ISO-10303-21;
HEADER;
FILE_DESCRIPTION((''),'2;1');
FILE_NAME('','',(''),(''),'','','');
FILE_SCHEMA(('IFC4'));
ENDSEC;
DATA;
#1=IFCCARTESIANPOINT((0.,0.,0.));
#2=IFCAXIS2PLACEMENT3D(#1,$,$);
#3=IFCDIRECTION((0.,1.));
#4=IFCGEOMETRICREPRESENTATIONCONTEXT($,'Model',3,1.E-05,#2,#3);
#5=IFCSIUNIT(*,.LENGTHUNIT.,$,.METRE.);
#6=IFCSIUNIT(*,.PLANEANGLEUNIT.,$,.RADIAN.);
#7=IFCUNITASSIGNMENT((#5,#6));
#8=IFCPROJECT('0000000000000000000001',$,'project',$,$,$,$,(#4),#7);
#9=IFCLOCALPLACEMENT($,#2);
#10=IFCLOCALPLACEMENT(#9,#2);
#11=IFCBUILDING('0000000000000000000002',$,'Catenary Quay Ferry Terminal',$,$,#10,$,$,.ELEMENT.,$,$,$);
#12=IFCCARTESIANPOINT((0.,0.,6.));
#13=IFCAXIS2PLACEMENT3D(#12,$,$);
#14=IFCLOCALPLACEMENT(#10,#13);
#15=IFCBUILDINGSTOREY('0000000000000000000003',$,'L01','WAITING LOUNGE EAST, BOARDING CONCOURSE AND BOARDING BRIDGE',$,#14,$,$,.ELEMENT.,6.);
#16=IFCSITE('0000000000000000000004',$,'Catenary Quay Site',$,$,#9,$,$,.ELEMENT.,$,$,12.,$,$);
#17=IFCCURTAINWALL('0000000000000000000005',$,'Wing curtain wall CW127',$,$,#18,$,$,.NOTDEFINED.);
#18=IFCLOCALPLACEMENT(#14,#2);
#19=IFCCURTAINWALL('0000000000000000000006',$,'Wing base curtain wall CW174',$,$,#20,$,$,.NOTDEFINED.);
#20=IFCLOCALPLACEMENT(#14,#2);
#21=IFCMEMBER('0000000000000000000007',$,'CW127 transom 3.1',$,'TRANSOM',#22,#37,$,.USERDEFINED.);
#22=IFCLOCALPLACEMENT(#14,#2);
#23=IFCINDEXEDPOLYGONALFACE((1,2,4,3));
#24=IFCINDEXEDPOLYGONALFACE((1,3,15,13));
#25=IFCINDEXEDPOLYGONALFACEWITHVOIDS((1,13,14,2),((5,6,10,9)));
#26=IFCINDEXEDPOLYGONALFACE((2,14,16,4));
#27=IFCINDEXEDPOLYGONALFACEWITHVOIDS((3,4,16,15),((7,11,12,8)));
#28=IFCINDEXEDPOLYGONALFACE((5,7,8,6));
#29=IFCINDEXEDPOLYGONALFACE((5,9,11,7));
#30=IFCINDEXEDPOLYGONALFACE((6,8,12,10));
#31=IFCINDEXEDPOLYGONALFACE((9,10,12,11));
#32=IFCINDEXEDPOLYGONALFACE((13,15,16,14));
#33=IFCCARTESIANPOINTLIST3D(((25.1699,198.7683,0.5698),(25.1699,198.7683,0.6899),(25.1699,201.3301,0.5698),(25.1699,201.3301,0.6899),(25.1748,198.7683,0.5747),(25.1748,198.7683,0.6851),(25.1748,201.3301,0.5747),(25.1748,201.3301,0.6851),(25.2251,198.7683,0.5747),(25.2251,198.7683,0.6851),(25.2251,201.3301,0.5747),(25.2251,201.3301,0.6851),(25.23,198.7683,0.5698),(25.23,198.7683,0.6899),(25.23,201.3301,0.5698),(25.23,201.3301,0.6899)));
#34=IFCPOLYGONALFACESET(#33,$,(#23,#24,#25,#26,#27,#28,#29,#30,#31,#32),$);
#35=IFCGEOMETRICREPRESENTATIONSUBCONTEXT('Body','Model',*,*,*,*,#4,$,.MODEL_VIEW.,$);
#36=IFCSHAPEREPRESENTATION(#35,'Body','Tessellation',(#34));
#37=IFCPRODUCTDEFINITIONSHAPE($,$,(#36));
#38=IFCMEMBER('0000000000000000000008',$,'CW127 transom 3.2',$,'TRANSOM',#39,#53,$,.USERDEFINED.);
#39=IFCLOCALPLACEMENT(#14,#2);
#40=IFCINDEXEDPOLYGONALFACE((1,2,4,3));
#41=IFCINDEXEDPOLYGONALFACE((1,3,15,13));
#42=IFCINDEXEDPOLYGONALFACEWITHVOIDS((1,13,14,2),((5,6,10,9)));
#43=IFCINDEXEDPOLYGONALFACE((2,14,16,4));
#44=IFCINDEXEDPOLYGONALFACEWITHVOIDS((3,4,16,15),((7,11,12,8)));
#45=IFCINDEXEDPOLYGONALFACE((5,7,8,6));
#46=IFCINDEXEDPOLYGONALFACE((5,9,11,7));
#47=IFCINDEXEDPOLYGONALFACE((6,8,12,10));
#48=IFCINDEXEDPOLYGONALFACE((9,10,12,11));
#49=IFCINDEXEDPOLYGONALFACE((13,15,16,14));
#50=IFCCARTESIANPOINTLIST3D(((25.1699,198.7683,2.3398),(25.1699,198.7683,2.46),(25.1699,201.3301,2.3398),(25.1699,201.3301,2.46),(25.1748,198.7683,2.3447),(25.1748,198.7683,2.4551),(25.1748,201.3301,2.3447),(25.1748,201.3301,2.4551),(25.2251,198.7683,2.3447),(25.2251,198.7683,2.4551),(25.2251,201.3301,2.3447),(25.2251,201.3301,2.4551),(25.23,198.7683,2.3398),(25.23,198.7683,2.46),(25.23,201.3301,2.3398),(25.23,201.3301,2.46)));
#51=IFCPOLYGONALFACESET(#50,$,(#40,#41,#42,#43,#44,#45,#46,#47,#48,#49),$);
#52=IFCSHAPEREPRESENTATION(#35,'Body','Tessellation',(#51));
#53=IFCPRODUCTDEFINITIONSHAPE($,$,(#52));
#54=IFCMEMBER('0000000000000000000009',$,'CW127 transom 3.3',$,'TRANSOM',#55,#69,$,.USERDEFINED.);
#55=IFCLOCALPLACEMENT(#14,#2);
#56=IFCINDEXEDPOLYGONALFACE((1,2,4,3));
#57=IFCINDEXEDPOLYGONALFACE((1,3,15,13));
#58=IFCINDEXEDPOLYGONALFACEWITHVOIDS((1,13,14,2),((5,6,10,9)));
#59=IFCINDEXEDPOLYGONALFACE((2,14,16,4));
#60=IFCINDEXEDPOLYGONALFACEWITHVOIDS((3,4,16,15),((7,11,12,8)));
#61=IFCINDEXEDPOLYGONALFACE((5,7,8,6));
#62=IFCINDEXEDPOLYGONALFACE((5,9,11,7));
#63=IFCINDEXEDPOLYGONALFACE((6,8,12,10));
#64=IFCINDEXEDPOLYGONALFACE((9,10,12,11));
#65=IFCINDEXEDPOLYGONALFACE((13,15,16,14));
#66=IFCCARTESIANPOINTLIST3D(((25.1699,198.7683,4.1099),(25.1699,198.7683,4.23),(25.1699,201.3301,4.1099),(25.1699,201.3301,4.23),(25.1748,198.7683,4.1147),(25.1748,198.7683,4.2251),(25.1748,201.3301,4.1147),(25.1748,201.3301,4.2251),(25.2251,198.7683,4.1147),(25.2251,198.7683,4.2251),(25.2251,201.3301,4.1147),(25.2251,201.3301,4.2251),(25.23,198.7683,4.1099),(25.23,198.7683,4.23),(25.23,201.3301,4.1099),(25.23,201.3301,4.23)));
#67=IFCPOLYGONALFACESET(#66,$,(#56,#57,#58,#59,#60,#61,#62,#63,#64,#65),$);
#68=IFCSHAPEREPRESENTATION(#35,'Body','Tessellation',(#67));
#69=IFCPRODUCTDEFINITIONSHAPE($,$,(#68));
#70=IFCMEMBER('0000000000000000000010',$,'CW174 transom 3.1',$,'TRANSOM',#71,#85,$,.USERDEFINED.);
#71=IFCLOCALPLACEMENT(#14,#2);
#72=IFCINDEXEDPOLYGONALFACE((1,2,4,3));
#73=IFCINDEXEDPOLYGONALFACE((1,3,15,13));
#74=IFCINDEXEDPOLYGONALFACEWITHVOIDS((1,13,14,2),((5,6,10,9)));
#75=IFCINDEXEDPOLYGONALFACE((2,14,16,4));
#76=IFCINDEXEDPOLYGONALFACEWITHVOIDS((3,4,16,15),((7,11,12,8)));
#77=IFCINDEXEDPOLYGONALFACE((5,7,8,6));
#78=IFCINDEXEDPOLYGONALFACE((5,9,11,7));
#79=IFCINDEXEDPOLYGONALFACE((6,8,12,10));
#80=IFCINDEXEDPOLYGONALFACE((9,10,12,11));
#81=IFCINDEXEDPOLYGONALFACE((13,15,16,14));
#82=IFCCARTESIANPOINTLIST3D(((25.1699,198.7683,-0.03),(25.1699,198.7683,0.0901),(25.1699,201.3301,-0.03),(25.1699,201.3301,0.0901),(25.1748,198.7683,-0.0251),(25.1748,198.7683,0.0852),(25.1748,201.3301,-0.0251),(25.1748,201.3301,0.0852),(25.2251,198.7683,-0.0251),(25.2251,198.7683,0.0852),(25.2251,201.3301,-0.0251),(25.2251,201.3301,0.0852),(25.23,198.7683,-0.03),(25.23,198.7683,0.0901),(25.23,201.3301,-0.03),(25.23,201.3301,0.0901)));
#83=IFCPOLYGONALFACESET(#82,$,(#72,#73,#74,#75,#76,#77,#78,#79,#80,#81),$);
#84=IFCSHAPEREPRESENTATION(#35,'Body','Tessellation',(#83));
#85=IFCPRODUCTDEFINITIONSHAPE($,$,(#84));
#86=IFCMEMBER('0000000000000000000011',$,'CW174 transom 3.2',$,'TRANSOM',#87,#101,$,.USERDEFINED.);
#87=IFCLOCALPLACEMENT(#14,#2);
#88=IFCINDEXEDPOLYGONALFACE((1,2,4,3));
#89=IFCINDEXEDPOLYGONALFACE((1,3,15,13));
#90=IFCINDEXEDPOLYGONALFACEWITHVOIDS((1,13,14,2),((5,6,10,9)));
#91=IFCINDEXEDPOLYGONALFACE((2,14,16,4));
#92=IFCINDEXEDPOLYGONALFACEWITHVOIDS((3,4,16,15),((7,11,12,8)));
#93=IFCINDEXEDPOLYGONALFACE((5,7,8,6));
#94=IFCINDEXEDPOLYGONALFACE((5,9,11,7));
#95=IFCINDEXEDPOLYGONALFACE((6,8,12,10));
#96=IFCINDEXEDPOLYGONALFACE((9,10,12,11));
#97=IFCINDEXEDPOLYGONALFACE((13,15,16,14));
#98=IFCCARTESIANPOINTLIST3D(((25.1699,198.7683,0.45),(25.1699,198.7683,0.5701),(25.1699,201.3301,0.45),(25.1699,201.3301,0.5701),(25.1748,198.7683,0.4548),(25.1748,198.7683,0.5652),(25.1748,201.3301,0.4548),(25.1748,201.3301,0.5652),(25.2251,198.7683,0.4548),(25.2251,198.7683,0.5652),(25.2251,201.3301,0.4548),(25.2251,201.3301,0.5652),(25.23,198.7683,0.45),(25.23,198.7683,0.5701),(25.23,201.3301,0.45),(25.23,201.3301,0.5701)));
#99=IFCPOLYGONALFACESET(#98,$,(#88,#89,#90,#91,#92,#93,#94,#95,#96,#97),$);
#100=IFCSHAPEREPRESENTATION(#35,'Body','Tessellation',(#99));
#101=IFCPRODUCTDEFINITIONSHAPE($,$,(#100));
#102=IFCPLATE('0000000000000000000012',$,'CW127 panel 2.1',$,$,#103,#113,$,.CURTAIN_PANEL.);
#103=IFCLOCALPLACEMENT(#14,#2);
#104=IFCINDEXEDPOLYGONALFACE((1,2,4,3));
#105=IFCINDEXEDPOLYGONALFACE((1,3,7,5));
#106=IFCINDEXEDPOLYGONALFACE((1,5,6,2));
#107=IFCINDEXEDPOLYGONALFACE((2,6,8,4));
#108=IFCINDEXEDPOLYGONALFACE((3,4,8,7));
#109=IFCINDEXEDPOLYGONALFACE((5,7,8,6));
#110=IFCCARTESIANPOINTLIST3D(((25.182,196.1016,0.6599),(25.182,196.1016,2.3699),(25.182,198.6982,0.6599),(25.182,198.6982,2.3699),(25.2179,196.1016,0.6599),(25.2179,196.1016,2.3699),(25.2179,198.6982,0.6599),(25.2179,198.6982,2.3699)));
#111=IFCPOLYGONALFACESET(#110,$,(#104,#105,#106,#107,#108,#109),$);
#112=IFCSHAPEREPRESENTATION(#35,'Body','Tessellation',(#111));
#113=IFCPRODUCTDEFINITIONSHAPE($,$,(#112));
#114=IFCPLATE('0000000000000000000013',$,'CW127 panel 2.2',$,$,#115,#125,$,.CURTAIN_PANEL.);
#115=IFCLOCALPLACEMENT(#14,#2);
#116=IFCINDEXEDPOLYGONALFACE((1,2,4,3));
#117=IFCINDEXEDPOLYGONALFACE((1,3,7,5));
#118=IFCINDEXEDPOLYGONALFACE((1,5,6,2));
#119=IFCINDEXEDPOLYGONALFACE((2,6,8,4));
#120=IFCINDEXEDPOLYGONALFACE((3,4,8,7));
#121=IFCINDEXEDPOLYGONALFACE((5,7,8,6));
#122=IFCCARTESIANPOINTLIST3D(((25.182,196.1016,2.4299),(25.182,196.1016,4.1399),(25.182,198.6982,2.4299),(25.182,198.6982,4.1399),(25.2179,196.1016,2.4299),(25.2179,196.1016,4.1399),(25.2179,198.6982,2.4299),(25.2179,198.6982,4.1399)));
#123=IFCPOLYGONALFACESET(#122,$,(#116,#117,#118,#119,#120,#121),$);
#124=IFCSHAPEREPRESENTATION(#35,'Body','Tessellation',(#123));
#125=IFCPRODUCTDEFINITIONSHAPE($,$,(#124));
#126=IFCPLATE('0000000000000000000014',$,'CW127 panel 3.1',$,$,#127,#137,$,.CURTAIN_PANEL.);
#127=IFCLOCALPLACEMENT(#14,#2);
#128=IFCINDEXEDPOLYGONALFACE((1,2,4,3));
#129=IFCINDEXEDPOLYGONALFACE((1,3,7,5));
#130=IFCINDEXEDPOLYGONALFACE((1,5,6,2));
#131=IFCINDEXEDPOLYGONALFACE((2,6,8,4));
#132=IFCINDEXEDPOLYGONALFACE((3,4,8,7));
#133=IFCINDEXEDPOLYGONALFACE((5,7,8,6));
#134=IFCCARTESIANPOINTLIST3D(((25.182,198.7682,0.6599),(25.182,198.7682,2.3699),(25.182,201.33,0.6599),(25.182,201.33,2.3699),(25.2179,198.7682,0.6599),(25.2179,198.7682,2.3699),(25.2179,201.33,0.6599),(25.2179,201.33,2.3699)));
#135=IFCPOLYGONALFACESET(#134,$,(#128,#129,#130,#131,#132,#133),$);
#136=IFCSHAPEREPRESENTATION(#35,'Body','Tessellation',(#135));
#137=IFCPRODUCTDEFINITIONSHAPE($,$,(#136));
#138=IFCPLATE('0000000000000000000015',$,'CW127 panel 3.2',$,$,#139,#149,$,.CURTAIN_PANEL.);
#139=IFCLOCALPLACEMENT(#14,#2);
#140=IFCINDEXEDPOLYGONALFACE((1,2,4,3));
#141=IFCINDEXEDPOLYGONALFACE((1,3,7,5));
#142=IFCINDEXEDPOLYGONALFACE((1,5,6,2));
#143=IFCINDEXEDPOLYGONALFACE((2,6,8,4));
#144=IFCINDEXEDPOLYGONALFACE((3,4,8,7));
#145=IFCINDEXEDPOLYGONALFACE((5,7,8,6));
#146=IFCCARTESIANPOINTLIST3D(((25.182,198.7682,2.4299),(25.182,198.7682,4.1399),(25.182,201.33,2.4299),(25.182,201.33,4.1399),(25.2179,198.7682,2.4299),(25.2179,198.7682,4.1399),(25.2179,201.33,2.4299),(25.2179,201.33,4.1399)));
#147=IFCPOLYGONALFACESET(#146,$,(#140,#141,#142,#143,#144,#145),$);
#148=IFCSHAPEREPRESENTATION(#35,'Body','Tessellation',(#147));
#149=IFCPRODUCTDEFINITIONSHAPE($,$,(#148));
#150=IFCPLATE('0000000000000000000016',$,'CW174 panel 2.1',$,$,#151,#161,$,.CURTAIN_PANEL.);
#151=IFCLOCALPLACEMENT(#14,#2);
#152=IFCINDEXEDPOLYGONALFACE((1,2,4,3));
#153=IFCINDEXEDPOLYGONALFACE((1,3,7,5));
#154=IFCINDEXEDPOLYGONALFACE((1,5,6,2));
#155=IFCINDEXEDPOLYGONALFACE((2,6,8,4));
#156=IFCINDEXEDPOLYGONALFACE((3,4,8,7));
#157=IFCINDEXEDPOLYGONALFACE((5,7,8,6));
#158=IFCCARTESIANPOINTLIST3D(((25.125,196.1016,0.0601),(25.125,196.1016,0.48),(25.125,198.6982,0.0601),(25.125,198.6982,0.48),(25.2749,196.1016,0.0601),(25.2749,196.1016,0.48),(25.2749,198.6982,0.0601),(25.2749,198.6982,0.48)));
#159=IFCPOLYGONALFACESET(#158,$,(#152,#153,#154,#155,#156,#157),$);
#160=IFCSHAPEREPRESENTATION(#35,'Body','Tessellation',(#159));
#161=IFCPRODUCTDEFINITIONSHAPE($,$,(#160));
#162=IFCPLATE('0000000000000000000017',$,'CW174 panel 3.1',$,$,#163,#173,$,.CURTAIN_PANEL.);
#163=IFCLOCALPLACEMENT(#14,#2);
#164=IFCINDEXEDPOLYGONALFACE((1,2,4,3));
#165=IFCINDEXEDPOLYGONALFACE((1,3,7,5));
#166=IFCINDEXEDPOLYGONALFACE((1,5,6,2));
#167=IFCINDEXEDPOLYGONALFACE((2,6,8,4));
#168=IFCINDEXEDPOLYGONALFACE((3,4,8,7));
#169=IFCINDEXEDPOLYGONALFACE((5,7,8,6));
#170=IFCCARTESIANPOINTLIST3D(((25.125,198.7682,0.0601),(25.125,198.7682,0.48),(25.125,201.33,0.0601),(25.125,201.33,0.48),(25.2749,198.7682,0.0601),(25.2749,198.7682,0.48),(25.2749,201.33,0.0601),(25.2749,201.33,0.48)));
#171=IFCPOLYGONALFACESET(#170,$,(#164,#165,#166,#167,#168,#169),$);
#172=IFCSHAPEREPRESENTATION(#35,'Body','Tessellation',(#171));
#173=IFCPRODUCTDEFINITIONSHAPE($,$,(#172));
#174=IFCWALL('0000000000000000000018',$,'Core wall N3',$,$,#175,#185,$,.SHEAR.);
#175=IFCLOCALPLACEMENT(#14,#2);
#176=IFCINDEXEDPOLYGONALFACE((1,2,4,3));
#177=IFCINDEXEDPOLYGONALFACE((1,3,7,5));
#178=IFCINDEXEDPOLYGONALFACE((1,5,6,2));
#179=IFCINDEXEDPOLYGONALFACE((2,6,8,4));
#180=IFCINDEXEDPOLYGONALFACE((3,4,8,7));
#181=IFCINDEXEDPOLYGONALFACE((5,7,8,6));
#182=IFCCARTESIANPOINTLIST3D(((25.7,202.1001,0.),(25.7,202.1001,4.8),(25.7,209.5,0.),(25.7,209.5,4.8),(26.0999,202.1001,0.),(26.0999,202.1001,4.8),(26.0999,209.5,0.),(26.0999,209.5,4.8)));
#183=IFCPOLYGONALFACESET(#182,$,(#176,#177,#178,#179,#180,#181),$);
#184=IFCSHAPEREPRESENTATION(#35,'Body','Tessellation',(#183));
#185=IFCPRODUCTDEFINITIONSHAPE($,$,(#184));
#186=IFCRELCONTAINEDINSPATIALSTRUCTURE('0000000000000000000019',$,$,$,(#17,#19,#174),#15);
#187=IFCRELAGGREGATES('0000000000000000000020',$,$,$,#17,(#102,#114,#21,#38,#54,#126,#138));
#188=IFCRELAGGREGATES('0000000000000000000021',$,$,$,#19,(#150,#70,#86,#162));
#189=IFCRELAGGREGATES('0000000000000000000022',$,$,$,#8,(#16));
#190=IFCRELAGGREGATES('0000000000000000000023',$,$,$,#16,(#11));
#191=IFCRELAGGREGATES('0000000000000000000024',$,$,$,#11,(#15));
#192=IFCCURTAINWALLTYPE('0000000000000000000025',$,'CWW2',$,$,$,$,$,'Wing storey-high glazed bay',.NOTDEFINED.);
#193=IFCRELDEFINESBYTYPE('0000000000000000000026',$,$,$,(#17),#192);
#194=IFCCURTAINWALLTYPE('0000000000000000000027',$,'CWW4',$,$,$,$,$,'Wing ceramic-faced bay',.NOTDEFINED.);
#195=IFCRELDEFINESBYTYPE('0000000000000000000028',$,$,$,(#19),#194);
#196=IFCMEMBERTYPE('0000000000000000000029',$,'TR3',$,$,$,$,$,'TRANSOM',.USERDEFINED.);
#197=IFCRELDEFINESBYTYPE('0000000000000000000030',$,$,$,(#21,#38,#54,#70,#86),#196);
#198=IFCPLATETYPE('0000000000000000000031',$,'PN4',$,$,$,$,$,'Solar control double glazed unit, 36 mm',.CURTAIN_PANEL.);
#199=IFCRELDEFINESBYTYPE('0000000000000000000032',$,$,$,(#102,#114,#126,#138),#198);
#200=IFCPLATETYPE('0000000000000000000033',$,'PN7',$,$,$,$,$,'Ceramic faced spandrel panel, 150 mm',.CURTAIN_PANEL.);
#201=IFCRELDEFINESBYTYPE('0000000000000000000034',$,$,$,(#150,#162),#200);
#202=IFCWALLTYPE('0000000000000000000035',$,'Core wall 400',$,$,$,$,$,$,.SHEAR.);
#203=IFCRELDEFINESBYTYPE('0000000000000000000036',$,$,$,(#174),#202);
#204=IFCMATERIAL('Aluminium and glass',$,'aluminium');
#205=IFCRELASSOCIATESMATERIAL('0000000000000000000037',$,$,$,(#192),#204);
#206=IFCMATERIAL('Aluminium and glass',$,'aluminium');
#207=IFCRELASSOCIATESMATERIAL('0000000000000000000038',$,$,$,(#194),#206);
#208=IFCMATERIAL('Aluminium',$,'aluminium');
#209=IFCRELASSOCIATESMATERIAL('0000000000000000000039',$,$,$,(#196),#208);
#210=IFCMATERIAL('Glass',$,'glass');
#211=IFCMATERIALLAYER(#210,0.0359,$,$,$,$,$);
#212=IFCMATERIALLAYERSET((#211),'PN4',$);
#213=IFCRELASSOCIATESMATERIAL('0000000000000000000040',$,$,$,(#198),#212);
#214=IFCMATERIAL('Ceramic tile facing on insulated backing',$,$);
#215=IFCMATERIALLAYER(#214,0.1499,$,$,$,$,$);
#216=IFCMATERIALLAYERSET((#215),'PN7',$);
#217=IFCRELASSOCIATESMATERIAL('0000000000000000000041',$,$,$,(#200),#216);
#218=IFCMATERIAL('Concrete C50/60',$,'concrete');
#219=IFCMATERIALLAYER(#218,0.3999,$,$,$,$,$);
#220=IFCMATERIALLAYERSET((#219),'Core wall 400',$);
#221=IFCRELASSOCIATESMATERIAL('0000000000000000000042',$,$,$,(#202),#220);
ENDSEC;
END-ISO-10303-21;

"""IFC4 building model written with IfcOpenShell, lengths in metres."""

from ifc_helpers import new_model, si_unit, direction, frame, frame_2d, origin, origin_2d, place, context, subcontext, project, spatial, rectangle, hollow_rectangle, extrude, material, layer, layer_set, material_profile, profile_set, type_object, element, aggregate, save


model = new_model("IFC4")

# Units and contexts
model_context = context("Model", 3, precision=1e-05, world=origin(), true_north=direction((0.0, 1.0)))
body_context = subcontext(model_context, "Body", "Model", "MODEL_VIEW")
ifc_project = project(units=[si_unit("LENGTHUNIT", "METRE"), si_unit("PLANEANGLEUNIT", "RADIAN")], contexts=[model_context])

# Site, building, storey
site_placement = place(None, origin())
site = spatial("IfcSite", under=ifc_project, at=site_placement, Name="Catenary Quay Site", CompositionType="ELEMENT", RefElevation=12.0)
building_placement = place(site_placement, origin())
building = spatial("IfcBuilding", under=site, at=building_placement, Name="Catenary Quay Ferry Terminal", CompositionType="ELEMENT")
storey_placement = place(building_placement, frame((0.0, 0.0, 6.0)))
storey = spatial("IfcBuildingStorey", under=building, at=storey_placement, Name="L01", Description="WAITING LOUNGE EAST, BOARDING CONCOURSE AND BOARDING BRIDGE", CompositionType="ELEMENT", Elevation=6.0)

# Curtain walls
ifc_material_1 = material(Name="Aluminium and glass", Category="aluminium")
curtain_wall_type_1 = type_object("IfcCurtainWallType", Name="CWW2", ElementType="Wing storey-high glazed bay", PredefinedType="NOTDEFINED", material=ifc_material_1)
curtain_wall_1_placement = place(storey_placement, origin())
curtain_wall_1 = element("IfcCurtainWall", 1, at=curtain_wall_1_placement, inside=storey, type_object=curtain_wall_type_1, Name="Wing curtain wall CW127", PredefinedType="NOTDEFINED")
ifc_material_2 = material(Name="Aluminium and glass", Category="aluminium")
curtain_wall_type_2 = type_object("IfcCurtainWallType", Name="CWW4", ElementType="Wing ceramic-faced bay", PredefinedType="NOTDEFINED", material=ifc_material_2)
curtain_wall_2_placement = place(storey_placement, origin())
curtain_wall_2 = element("IfcCurtainWall", 2, at=curtain_wall_2_placement, inside=storey, type_object=curtain_wall_type_2, Name="Wing base curtain wall CW174", PredefinedType="NOTDEFINED")

# Members
ifc_material_3 = material(Name="Aluminium", Category="aluminium")
ifc_material_profile_1 = material_profile(ifc_material_3, hollow_rectangle(XDim=0.0601, YDim=0.1201, WallThickness=0.0049, at=origin_2d()), Name="TR3")
ifc_profile_set_1 = profile_set([ifc_material_profile_1], Name="Aluminium")
member_type_1 = type_object("IfcMemberType", Name="TR3", ElementType="TRANSOM", PredefinedType="USERDEFINED", material=ifc_profile_set_1)
member_1_placement = place(storey_placement, frame((25.2, 198.7683, 0.6299), z_axis=(0.0, 1.0, 0.0), x_axis=(-1.0, 0.0, 0.0)))
member_1 = element("IfcMember", 3, at=member_1_placement, type_object=member_type_1, Name="CW127 transom 3.1", ObjectType="TRANSOM", PredefinedType="USERDEFINED", context=body_context, shape_type="SweptSolid", body=[
    extrude(hollow_rectangle(XDim=0.0601, YDim=0.1201, WallThickness=0.0049, at=origin_2d()), origin(), (0.0, 0.0, 1.0), 2.5618),
])
member_2_placement = place(storey_placement, frame((25.2, 198.7683, 2.3999), z_axis=(0.0, 1.0, 0.0), x_axis=(-1.0, 0.0, 0.0)))
member_2 = element("IfcMember", 4, at=member_2_placement, type_object=member_type_1, Name="CW127 transom 3.2", ObjectType="TRANSOM", PredefinedType="USERDEFINED", context=body_context, shape_type="SweptSolid", body=[
    extrude(hollow_rectangle(XDim=0.0601, YDim=0.1201, WallThickness=0.0049, at=origin_2d()), origin(), (0.0, 0.0, 1.0), 2.5618),
])
member_3_placement = place(storey_placement, frame((25.2, 198.7683, 4.1699), z_axis=(0.0, 1.0, 0.0), x_axis=(-1.0, 0.0, 0.0)))
member_3 = element("IfcMember", 5, at=member_3_placement, type_object=member_type_1, Name="CW127 transom 3.3", ObjectType="TRANSOM", PredefinedType="USERDEFINED", context=body_context, shape_type="SweptSolid", body=[
    extrude(hollow_rectangle(XDim=0.0601, YDim=0.1201, WallThickness=0.0049, at=origin_2d()), origin(), (0.0, 0.0, 1.0), 2.5618),
])
member_4_placement = place(storey_placement, frame((25.2, 198.7683, 0.03), z_axis=(0.0, 1.0, 0.0), x_axis=(-1.0, 0.0, 0.0)))
member_4 = element("IfcMember", 6, at=member_4_placement, type_object=member_type_1, Name="CW174 transom 3.1", ObjectType="TRANSOM", PredefinedType="USERDEFINED", context=body_context, shape_type="SweptSolid", body=[
    extrude(hollow_rectangle(XDim=0.0601, YDim=0.1201, WallThickness=0.0049, at=origin_2d()), origin(), (0.0, 0.0, 1.0), 2.5618),
])
member_5_placement = place(storey_placement, frame((25.2, 198.7683, 0.51), z_axis=(0.0, 1.0, 0.0), x_axis=(-1.0, 0.0, 0.0)))
member_5 = element("IfcMember", 7, at=member_5_placement, type_object=member_type_1, Name="CW174 transom 3.2", ObjectType="TRANSOM", PredefinedType="USERDEFINED", context=body_context, shape_type="SweptSolid", body=[
    extrude(hollow_rectangle(XDim=0.0601, YDim=0.1201, WallThickness=0.0049, at=origin_2d()), origin(), (0.0, 0.0, 1.0), 2.5618),
])

# Plates
ifc_material_4 = material(Name="Glass", Category="glass")
ifc_layer_1 = layer(ifc_material_4, 0.0359)
ifc_layer_set_1 = layer_set([ifc_layer_1], Name="PN4")
plate_type_1 = type_object("IfcPlateType", Name="PN4", ElementType="Solar control double glazed unit, 36 mm", PredefinedType="CURTAIN_PANEL", material=ifc_layer_set_1)
plate_1_placement = place(storey_placement, frame((25.2, 197.3999, 0.6599), z_axis=(0.0, 0.0, 1.0), x_axis=(0.0, 1.0, 0.0)))
plate_1 = element("IfcPlate", 8, at=plate_1_placement, type_object=plate_type_1, Name="CW127 panel 2.1", PredefinedType="CURTAIN_PANEL", context=body_context, shape_type="SweptSolid", body=[
    extrude(rectangle(XDim=2.5967, YDim=0.0359, at=origin_2d()), origin(), (0.0, 0.0, 1.0), 1.71),
])
plate_2_placement = place(storey_placement, frame((25.2, 197.3999, 2.4299), z_axis=(0.0, 0.0, 1.0), x_axis=(0.0, 1.0, 0.0)))
plate_2 = element("IfcPlate", 9, at=plate_2_placement, type_object=plate_type_1, Name="CW127 panel 2.2", PredefinedType="CURTAIN_PANEL", context=body_context, shape_type="SweptSolid", body=[
    extrude(rectangle(XDim=2.5967, YDim=0.0359, at=origin_2d()), origin(), (0.0, 0.0, 1.0), 1.71),
])
plate_3_placement = place(storey_placement, frame((25.2, 200.0491, 0.6599), z_axis=(0.0, 0.0, 1.0), x_axis=(0.0, 1.0, 0.0)))
plate_3 = element("IfcPlate", 10, at=plate_3_placement, type_object=plate_type_1, Name="CW127 panel 3.1", PredefinedType="CURTAIN_PANEL", context=body_context, shape_type="SweptSolid", body=[
    extrude(rectangle(XDim=2.5618, YDim=0.0359, at=origin_2d()), origin(), (0.0, 0.0, 1.0), 1.71),
])
plate_4_placement = place(storey_placement, frame((25.2, 200.0491, 2.4299), z_axis=(0.0, 0.0, 1.0), x_axis=(0.0, 1.0, 0.0)))
plate_4 = element("IfcPlate", 11, at=plate_4_placement, type_object=plate_type_1, Name="CW127 panel 3.2", PredefinedType="CURTAIN_PANEL", context=body_context, shape_type="SweptSolid", body=[
    extrude(rectangle(XDim=2.5618, YDim=0.0359, at=origin_2d()), origin(), (0.0, 0.0, 1.0), 1.71),
])
aggregate(curtain_wall_1, [plate_1, plate_2, member_1, member_2, member_3, plate_3, plate_4])
ifc_material_5 = material(Name="Ceramic tile facing on insulated backing")
ifc_layer_2 = layer(ifc_material_5, 0.1499)
ifc_layer_set_2 = layer_set([ifc_layer_2], Name="PN7")
plate_type_2 = type_object("IfcPlateType", Name="PN7", ElementType="Ceramic faced spandrel panel, 150 mm", PredefinedType="CURTAIN_PANEL", material=ifc_layer_set_2)
plate_5_placement = place(storey_placement, frame((25.2, 197.3999, 0.0601), z_axis=(0.0, 0.0, 1.0), x_axis=(0.0, 1.0, 0.0)))
plate_5 = element("IfcPlate", 12, at=plate_5_placement, type_object=plate_type_2, Name="CW174 panel 2.1", PredefinedType="CURTAIN_PANEL", context=body_context, shape_type="SweptSolid", body=[
    extrude(rectangle(XDim=2.5967, YDim=0.1499, at=origin_2d()), origin(), (0.0, 0.0, 1.0), 0.4199),
])
plate_6_placement = place(storey_placement, frame((25.2, 200.0491, 0.0601), z_axis=(0.0, 0.0, 1.0), x_axis=(0.0, 1.0, 0.0)))
plate_6 = element("IfcPlate", 13, at=plate_6_placement, type_object=plate_type_2, Name="CW174 panel 3.1", PredefinedType="CURTAIN_PANEL", context=body_context, shape_type="SweptSolid", body=[
    extrude(rectangle(XDim=2.5618, YDim=0.1499, at=origin_2d()), origin(), (0.0, 0.0, 1.0), 0.4199),
])
aggregate(curtain_wall_2, [plate_5, member_4, member_5, plate_6])

# Wall
ifc_material_6 = material(Name="Concrete C50/60", Category="concrete")
ifc_layer_3 = layer(ifc_material_6, 0.3999)
ifc_layer_set_3 = layer_set([ifc_layer_3], Name="Core wall 400")
wall_type_1 = type_object("IfcWallType", Name="Core wall 400", PredefinedType="SHEAR", material=ifc_layer_set_3)
wall_1_placement = place(storey_placement, frame((25.8999, 202.1001, 0.0), z_axis=(0.0, 0.0, 1.0), x_axis=(0.0, 1.0, 0.0)))
element("IfcWall", 14, at=wall_1_placement, inside=storey, type_object=wall_type_1, Name="Core wall N3", PredefinedType="SHEAR", context=body_context, shape_type="SweptSolid", body=[
    extrude(rectangle(XDim=7.3999, YDim=0.3999, at=frame_2d((3.7, 0.0))), origin(), (0.0, 0.0, 1.0), 4.8),
])

save(model, "model.ifc")
